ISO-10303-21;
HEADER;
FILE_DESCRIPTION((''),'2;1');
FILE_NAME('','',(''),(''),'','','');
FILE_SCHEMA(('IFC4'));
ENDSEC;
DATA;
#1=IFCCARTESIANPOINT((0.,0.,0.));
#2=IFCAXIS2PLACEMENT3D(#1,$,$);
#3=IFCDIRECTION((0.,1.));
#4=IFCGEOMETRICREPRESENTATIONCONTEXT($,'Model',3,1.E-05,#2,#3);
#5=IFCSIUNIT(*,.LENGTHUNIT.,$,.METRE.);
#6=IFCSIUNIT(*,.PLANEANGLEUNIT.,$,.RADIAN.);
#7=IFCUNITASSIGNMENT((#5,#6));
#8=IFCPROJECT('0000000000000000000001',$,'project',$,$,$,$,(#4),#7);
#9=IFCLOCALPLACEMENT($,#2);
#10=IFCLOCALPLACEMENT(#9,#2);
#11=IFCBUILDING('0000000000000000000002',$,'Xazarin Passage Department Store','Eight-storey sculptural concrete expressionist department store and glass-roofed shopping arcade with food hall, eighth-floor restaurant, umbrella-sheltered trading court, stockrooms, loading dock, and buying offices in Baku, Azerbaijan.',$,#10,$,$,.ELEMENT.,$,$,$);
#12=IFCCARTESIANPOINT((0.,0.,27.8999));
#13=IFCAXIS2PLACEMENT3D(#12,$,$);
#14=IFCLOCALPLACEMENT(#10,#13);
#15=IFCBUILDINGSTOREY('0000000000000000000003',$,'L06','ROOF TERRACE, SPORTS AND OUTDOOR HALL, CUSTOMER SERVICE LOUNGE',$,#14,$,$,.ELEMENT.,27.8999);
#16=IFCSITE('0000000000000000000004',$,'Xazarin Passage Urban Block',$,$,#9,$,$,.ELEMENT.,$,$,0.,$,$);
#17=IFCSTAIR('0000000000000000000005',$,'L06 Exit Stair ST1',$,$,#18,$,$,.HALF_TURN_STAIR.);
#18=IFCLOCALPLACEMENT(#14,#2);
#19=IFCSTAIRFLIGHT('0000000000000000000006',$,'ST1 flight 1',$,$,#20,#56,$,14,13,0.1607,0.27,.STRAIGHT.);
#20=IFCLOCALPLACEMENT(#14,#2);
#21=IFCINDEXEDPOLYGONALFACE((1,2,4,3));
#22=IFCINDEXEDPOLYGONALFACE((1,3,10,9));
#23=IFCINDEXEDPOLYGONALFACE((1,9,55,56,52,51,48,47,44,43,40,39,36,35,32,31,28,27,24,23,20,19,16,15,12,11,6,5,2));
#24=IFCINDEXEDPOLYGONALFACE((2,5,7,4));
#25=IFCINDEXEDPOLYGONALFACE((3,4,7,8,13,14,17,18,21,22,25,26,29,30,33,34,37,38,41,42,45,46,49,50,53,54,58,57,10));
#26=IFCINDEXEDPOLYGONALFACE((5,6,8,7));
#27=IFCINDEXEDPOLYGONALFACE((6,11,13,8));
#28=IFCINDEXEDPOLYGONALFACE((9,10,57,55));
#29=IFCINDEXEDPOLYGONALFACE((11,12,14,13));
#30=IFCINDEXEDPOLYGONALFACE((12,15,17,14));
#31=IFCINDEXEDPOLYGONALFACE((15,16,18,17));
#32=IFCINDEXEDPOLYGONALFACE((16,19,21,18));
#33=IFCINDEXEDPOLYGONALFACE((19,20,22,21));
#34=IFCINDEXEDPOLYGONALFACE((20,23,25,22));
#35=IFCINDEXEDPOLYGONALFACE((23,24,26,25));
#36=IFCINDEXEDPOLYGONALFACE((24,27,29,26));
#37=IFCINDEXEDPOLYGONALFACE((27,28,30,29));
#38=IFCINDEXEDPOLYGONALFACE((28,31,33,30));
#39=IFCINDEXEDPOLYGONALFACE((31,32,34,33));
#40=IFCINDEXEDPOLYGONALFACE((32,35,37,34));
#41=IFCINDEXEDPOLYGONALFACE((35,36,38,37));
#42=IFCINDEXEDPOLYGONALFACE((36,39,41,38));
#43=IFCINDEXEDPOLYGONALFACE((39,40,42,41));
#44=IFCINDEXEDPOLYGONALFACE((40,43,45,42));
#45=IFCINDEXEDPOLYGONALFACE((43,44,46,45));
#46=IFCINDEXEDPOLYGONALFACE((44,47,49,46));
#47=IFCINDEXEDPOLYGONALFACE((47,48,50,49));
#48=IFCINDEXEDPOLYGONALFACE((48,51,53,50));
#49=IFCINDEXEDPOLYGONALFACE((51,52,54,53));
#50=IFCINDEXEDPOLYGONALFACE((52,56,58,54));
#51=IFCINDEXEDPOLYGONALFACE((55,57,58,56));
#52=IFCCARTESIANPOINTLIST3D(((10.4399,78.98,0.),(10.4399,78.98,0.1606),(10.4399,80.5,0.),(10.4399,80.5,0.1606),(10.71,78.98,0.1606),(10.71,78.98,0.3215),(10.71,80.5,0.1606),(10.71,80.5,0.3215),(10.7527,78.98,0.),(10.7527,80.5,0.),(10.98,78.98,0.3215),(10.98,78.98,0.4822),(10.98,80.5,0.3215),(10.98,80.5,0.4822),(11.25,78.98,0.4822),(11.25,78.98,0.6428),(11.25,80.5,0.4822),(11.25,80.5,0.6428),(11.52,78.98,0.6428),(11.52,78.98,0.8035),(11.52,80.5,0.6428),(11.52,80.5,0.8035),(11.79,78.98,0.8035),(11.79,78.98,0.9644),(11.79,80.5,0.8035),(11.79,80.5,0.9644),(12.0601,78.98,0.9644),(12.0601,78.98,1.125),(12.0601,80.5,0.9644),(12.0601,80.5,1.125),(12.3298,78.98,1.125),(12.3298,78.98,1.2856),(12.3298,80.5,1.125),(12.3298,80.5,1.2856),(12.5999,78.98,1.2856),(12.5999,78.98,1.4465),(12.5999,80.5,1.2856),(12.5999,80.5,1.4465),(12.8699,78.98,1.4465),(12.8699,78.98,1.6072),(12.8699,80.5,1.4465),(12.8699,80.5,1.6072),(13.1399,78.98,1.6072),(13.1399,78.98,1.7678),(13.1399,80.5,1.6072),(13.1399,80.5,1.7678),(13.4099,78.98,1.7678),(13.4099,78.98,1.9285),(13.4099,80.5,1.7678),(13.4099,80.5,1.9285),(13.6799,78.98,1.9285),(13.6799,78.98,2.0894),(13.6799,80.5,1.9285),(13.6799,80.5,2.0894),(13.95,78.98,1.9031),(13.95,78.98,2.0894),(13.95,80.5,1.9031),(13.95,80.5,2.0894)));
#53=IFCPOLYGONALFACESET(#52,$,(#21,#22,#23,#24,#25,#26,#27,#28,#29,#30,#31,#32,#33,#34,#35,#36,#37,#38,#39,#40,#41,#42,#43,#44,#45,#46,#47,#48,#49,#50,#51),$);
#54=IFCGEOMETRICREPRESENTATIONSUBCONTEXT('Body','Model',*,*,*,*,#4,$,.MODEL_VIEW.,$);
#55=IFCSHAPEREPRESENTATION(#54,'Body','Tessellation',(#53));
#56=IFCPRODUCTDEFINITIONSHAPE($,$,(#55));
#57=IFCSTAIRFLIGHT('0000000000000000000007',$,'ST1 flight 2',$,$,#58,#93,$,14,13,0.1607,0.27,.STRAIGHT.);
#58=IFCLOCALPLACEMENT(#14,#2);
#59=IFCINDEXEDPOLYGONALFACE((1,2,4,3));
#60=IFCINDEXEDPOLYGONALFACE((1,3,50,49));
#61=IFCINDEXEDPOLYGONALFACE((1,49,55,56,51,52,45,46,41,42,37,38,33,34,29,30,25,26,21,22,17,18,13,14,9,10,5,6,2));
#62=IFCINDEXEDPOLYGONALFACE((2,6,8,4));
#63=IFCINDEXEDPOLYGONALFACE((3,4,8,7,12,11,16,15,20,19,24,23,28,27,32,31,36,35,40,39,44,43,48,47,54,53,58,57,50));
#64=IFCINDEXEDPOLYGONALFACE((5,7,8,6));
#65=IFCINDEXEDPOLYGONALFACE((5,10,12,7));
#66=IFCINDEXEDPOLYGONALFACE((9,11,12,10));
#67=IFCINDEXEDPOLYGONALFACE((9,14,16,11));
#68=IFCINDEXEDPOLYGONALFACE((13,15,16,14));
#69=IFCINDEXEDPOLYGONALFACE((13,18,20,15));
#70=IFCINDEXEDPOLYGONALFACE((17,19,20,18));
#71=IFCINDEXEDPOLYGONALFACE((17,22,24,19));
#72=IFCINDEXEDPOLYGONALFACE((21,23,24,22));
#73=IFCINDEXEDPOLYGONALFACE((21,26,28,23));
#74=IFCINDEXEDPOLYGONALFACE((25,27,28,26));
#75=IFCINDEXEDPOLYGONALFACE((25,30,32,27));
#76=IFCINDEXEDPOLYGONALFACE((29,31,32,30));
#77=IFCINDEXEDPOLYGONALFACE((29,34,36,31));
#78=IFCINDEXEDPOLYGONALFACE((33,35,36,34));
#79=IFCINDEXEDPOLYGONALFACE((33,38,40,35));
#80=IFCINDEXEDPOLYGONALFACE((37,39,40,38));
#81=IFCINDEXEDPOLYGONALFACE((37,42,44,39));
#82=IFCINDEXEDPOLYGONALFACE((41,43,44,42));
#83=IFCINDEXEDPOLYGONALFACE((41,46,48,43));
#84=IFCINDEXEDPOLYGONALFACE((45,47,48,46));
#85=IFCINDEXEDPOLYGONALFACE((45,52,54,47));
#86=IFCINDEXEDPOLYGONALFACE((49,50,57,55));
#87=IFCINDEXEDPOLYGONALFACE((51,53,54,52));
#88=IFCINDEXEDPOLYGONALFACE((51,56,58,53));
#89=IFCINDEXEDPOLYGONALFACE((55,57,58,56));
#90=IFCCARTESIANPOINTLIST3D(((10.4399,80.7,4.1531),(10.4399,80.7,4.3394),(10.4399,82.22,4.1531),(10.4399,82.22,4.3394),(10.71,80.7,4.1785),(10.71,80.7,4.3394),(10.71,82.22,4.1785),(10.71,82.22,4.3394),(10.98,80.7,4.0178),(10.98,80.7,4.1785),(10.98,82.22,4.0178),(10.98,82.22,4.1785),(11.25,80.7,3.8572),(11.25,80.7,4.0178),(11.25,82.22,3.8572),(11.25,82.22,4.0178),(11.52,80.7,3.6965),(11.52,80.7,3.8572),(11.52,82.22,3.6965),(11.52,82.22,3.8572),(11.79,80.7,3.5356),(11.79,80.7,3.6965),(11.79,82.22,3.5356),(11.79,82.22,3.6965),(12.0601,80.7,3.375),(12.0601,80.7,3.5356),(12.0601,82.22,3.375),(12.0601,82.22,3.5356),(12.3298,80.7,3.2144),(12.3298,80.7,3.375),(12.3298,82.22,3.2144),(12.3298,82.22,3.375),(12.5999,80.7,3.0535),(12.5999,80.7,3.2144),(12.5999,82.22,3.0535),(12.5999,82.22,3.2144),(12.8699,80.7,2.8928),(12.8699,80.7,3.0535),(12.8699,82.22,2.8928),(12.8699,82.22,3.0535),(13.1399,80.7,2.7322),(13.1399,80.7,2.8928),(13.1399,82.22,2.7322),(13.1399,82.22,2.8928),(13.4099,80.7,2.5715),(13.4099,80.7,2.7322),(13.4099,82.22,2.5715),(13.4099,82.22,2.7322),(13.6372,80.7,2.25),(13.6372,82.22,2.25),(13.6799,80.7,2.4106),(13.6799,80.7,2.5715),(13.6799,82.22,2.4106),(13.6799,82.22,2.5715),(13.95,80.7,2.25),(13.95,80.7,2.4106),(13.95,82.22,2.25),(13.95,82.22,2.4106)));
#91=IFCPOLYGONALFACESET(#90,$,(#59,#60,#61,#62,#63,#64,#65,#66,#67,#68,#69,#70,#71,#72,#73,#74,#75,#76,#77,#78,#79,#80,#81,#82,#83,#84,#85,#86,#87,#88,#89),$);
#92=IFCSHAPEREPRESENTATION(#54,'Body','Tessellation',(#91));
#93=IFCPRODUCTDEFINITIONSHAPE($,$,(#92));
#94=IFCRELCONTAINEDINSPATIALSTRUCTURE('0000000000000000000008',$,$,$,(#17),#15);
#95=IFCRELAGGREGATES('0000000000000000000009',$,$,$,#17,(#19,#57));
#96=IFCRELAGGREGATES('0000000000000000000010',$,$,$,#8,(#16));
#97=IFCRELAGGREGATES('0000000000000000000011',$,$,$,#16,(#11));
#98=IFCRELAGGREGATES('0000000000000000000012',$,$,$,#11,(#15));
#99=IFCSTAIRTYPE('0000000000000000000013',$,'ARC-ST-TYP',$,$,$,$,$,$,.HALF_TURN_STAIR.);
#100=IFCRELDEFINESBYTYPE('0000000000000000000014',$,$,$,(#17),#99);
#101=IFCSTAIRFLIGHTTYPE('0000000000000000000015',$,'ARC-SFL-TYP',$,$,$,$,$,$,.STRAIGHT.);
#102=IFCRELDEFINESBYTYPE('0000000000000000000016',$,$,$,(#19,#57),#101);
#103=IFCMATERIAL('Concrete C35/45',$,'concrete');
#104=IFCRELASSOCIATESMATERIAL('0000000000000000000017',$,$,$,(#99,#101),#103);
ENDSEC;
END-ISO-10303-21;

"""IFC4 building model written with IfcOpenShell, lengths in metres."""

from ifc_helpers import new_model, si_unit, direction, frame, origin, place, context, subcontext, project, spatial, polyline, outline, extrude, material, type_object, element, aggregate, save


model = new_model("IFC4")

# Units and contexts
model_context = context("Model", 3, precision=1e-05, world=origin(), true_north=direction((0.0, 1.0)))
body_context = subcontext(model_context, "Body", "Model", "MODEL_VIEW")
ifc_project = project(units=[si_unit("LENGTHUNIT", "METRE"), si_unit("PLANEANGLEUNIT", "RADIAN")], contexts=[model_context])

# Site, building, storey
site_placement = place(None, origin())
site = spatial("IfcSite", under=ifc_project, at=site_placement, Name="Xazarin Passage Urban Block", CompositionType="ELEMENT", RefElevation=0.0)
building_placement = place(site_placement, origin())
building = spatial("IfcBuilding", under=site, at=building_placement, Name="Xazarin Passage Department Store", Description="Eight-storey sculptural concrete expressionist department store and glass-roofed shopping arcade with food hall, eighth-floor restaurant, umbrella-sheltered trading court, stockrooms, loading dock, and buying offices in Baku, Azerbaijan.", CompositionType="ELEMENT")
storey_placement = place(building_placement, frame((0.0, 0.0, 27.8999)))
storey = spatial("IfcBuildingStorey", under=building, at=storey_placement, Name="L06", Description="ROOF TERRACE, SPORTS AND OUTDOOR HALL, CUSTOMER SERVICE LOUNGE", CompositionType="ELEMENT", Elevation=27.8999)

# Shared definitions
ifc_material_1 = material(Name="Concrete C35/45", Category="concrete")

# Stair, stair flights
stair_type = type_object("IfcStairType", Name="ARC-ST-TYP", PredefinedType="HALF_TURN_STAIR", material=ifc_material_1)
stair_placement = place(storey_placement, origin())
stair = element("IfcStair", 1, at=stair_placement, inside=storey, type_object=stair_type, Name="L06 Exit Stair ST1", PredefinedType="HALF_TURN_STAIR")
stair_flight_type = type_object("IfcStairFlightType", Name="ARC-SFL-TYP", PredefinedType="STRAIGHT", material=ifc_material_1)
stair_flight_1_placement = place(storey_placement, frame((10.4399, 79.74, 0.0), z_axis=(0.0, 0.0, 1.0), x_axis=(1.0, 0.0, 0.0)))
stair_flight_1 = element("IfcStairFlight", 2, at=stair_flight_1_placement, type_object=stair_flight_type, Name="ST1 flight 1", NumberOfRisers=14, NumberOfTreads=13, PredefinedType="STRAIGHT", RiserHeight=0.1607, TreadLength=0.27, context=body_context, shape_type="SweptSolid", body=[
    extrude(outline(polyline([(0.0, 0.0), (0.0, 0.1606), (0.27, 0.1606), (0.27, 0.3215), (0.54, 0.3215), (0.54, 0.4822), (0.8101, 0.4822), (0.8101, 0.6428), (1.0801, 0.6428), (1.0801, 0.8035), (1.3501, 0.8035), (1.3501, 0.9644), (1.6201, 0.9644), (1.6201, 1.125), (1.8899, 1.125), (1.8899, 1.2856), (2.1599, 1.2856), (2.1599, 1.4465), (2.4299, 1.4465), (2.4299, 1.6072), (2.7, 1.6072), (2.7, 1.7678), (2.97, 1.7678), (2.97, 1.9285), (3.24, 1.9285), (3.24, 2.0894), (3.51, 2.0894), (3.51, 2.25), (3.51, 1.9031), (0.3127, 0.0), (0.0, 0.0)])), frame((0.0, 0.76, 0.0), z_axis=(0.0, -1.0, 0.0), x_axis=(1.0, 0.0, 0.0)), (0.0, 0.0, 1.0), 1.52),
])
stair_flight_2_placement = place(storey_placement, frame((13.95, 81.46, 2.25), z_axis=(0.0, 0.0, 1.0), x_axis=(-1.0, 0.0, 0.0)))
stair_flight_2 = element("IfcStairFlight", 3, at=stair_flight_2_placement, type_object=stair_flight_type, Name="ST1 flight 2", NumberOfRisers=14, NumberOfTreads=13, PredefinedType="STRAIGHT", RiserHeight=0.1607, TreadLength=0.27, context=body_context, shape_type="SweptSolid", body=[
    extrude(outline(polyline([(0.0, 0.0), (0.0, 0.1606), (0.27, 0.1606), (0.27, 0.3215), (0.54, 0.3215), (0.54, 0.4822), (0.8101, 0.4822), (0.8101, 0.6428), (1.0801, 0.6428), (1.0801, 0.8035), (1.3501, 0.8035), (1.3501, 0.9644), (1.6201, 0.9644), (1.6201, 1.125), (1.8899, 1.125), (1.8899, 1.2856), (2.1599, 1.2856), (2.1599, 1.4465), (2.4299, 1.4465), (2.4299, 1.6072), (2.7, 1.6072), (2.7, 1.7678), (2.97, 1.7678), (2.97, 1.9285), (3.24, 1.9285), (3.24, 2.0894), (3.51, 2.0894), (3.51, 2.25), (3.51, 1.9031), (0.3127, 0.0), (0.0, 0.0)])), frame((0.0, 0.76, 0.0), z_axis=(0.0, -1.0, 0.0), x_axis=(1.0, 0.0, 0.0)), (0.0, 0.0, 1.0), 1.52),
])
aggregate(stair, [stair_flight_1, stair_flight_2])

save(model, "model.ifc")
